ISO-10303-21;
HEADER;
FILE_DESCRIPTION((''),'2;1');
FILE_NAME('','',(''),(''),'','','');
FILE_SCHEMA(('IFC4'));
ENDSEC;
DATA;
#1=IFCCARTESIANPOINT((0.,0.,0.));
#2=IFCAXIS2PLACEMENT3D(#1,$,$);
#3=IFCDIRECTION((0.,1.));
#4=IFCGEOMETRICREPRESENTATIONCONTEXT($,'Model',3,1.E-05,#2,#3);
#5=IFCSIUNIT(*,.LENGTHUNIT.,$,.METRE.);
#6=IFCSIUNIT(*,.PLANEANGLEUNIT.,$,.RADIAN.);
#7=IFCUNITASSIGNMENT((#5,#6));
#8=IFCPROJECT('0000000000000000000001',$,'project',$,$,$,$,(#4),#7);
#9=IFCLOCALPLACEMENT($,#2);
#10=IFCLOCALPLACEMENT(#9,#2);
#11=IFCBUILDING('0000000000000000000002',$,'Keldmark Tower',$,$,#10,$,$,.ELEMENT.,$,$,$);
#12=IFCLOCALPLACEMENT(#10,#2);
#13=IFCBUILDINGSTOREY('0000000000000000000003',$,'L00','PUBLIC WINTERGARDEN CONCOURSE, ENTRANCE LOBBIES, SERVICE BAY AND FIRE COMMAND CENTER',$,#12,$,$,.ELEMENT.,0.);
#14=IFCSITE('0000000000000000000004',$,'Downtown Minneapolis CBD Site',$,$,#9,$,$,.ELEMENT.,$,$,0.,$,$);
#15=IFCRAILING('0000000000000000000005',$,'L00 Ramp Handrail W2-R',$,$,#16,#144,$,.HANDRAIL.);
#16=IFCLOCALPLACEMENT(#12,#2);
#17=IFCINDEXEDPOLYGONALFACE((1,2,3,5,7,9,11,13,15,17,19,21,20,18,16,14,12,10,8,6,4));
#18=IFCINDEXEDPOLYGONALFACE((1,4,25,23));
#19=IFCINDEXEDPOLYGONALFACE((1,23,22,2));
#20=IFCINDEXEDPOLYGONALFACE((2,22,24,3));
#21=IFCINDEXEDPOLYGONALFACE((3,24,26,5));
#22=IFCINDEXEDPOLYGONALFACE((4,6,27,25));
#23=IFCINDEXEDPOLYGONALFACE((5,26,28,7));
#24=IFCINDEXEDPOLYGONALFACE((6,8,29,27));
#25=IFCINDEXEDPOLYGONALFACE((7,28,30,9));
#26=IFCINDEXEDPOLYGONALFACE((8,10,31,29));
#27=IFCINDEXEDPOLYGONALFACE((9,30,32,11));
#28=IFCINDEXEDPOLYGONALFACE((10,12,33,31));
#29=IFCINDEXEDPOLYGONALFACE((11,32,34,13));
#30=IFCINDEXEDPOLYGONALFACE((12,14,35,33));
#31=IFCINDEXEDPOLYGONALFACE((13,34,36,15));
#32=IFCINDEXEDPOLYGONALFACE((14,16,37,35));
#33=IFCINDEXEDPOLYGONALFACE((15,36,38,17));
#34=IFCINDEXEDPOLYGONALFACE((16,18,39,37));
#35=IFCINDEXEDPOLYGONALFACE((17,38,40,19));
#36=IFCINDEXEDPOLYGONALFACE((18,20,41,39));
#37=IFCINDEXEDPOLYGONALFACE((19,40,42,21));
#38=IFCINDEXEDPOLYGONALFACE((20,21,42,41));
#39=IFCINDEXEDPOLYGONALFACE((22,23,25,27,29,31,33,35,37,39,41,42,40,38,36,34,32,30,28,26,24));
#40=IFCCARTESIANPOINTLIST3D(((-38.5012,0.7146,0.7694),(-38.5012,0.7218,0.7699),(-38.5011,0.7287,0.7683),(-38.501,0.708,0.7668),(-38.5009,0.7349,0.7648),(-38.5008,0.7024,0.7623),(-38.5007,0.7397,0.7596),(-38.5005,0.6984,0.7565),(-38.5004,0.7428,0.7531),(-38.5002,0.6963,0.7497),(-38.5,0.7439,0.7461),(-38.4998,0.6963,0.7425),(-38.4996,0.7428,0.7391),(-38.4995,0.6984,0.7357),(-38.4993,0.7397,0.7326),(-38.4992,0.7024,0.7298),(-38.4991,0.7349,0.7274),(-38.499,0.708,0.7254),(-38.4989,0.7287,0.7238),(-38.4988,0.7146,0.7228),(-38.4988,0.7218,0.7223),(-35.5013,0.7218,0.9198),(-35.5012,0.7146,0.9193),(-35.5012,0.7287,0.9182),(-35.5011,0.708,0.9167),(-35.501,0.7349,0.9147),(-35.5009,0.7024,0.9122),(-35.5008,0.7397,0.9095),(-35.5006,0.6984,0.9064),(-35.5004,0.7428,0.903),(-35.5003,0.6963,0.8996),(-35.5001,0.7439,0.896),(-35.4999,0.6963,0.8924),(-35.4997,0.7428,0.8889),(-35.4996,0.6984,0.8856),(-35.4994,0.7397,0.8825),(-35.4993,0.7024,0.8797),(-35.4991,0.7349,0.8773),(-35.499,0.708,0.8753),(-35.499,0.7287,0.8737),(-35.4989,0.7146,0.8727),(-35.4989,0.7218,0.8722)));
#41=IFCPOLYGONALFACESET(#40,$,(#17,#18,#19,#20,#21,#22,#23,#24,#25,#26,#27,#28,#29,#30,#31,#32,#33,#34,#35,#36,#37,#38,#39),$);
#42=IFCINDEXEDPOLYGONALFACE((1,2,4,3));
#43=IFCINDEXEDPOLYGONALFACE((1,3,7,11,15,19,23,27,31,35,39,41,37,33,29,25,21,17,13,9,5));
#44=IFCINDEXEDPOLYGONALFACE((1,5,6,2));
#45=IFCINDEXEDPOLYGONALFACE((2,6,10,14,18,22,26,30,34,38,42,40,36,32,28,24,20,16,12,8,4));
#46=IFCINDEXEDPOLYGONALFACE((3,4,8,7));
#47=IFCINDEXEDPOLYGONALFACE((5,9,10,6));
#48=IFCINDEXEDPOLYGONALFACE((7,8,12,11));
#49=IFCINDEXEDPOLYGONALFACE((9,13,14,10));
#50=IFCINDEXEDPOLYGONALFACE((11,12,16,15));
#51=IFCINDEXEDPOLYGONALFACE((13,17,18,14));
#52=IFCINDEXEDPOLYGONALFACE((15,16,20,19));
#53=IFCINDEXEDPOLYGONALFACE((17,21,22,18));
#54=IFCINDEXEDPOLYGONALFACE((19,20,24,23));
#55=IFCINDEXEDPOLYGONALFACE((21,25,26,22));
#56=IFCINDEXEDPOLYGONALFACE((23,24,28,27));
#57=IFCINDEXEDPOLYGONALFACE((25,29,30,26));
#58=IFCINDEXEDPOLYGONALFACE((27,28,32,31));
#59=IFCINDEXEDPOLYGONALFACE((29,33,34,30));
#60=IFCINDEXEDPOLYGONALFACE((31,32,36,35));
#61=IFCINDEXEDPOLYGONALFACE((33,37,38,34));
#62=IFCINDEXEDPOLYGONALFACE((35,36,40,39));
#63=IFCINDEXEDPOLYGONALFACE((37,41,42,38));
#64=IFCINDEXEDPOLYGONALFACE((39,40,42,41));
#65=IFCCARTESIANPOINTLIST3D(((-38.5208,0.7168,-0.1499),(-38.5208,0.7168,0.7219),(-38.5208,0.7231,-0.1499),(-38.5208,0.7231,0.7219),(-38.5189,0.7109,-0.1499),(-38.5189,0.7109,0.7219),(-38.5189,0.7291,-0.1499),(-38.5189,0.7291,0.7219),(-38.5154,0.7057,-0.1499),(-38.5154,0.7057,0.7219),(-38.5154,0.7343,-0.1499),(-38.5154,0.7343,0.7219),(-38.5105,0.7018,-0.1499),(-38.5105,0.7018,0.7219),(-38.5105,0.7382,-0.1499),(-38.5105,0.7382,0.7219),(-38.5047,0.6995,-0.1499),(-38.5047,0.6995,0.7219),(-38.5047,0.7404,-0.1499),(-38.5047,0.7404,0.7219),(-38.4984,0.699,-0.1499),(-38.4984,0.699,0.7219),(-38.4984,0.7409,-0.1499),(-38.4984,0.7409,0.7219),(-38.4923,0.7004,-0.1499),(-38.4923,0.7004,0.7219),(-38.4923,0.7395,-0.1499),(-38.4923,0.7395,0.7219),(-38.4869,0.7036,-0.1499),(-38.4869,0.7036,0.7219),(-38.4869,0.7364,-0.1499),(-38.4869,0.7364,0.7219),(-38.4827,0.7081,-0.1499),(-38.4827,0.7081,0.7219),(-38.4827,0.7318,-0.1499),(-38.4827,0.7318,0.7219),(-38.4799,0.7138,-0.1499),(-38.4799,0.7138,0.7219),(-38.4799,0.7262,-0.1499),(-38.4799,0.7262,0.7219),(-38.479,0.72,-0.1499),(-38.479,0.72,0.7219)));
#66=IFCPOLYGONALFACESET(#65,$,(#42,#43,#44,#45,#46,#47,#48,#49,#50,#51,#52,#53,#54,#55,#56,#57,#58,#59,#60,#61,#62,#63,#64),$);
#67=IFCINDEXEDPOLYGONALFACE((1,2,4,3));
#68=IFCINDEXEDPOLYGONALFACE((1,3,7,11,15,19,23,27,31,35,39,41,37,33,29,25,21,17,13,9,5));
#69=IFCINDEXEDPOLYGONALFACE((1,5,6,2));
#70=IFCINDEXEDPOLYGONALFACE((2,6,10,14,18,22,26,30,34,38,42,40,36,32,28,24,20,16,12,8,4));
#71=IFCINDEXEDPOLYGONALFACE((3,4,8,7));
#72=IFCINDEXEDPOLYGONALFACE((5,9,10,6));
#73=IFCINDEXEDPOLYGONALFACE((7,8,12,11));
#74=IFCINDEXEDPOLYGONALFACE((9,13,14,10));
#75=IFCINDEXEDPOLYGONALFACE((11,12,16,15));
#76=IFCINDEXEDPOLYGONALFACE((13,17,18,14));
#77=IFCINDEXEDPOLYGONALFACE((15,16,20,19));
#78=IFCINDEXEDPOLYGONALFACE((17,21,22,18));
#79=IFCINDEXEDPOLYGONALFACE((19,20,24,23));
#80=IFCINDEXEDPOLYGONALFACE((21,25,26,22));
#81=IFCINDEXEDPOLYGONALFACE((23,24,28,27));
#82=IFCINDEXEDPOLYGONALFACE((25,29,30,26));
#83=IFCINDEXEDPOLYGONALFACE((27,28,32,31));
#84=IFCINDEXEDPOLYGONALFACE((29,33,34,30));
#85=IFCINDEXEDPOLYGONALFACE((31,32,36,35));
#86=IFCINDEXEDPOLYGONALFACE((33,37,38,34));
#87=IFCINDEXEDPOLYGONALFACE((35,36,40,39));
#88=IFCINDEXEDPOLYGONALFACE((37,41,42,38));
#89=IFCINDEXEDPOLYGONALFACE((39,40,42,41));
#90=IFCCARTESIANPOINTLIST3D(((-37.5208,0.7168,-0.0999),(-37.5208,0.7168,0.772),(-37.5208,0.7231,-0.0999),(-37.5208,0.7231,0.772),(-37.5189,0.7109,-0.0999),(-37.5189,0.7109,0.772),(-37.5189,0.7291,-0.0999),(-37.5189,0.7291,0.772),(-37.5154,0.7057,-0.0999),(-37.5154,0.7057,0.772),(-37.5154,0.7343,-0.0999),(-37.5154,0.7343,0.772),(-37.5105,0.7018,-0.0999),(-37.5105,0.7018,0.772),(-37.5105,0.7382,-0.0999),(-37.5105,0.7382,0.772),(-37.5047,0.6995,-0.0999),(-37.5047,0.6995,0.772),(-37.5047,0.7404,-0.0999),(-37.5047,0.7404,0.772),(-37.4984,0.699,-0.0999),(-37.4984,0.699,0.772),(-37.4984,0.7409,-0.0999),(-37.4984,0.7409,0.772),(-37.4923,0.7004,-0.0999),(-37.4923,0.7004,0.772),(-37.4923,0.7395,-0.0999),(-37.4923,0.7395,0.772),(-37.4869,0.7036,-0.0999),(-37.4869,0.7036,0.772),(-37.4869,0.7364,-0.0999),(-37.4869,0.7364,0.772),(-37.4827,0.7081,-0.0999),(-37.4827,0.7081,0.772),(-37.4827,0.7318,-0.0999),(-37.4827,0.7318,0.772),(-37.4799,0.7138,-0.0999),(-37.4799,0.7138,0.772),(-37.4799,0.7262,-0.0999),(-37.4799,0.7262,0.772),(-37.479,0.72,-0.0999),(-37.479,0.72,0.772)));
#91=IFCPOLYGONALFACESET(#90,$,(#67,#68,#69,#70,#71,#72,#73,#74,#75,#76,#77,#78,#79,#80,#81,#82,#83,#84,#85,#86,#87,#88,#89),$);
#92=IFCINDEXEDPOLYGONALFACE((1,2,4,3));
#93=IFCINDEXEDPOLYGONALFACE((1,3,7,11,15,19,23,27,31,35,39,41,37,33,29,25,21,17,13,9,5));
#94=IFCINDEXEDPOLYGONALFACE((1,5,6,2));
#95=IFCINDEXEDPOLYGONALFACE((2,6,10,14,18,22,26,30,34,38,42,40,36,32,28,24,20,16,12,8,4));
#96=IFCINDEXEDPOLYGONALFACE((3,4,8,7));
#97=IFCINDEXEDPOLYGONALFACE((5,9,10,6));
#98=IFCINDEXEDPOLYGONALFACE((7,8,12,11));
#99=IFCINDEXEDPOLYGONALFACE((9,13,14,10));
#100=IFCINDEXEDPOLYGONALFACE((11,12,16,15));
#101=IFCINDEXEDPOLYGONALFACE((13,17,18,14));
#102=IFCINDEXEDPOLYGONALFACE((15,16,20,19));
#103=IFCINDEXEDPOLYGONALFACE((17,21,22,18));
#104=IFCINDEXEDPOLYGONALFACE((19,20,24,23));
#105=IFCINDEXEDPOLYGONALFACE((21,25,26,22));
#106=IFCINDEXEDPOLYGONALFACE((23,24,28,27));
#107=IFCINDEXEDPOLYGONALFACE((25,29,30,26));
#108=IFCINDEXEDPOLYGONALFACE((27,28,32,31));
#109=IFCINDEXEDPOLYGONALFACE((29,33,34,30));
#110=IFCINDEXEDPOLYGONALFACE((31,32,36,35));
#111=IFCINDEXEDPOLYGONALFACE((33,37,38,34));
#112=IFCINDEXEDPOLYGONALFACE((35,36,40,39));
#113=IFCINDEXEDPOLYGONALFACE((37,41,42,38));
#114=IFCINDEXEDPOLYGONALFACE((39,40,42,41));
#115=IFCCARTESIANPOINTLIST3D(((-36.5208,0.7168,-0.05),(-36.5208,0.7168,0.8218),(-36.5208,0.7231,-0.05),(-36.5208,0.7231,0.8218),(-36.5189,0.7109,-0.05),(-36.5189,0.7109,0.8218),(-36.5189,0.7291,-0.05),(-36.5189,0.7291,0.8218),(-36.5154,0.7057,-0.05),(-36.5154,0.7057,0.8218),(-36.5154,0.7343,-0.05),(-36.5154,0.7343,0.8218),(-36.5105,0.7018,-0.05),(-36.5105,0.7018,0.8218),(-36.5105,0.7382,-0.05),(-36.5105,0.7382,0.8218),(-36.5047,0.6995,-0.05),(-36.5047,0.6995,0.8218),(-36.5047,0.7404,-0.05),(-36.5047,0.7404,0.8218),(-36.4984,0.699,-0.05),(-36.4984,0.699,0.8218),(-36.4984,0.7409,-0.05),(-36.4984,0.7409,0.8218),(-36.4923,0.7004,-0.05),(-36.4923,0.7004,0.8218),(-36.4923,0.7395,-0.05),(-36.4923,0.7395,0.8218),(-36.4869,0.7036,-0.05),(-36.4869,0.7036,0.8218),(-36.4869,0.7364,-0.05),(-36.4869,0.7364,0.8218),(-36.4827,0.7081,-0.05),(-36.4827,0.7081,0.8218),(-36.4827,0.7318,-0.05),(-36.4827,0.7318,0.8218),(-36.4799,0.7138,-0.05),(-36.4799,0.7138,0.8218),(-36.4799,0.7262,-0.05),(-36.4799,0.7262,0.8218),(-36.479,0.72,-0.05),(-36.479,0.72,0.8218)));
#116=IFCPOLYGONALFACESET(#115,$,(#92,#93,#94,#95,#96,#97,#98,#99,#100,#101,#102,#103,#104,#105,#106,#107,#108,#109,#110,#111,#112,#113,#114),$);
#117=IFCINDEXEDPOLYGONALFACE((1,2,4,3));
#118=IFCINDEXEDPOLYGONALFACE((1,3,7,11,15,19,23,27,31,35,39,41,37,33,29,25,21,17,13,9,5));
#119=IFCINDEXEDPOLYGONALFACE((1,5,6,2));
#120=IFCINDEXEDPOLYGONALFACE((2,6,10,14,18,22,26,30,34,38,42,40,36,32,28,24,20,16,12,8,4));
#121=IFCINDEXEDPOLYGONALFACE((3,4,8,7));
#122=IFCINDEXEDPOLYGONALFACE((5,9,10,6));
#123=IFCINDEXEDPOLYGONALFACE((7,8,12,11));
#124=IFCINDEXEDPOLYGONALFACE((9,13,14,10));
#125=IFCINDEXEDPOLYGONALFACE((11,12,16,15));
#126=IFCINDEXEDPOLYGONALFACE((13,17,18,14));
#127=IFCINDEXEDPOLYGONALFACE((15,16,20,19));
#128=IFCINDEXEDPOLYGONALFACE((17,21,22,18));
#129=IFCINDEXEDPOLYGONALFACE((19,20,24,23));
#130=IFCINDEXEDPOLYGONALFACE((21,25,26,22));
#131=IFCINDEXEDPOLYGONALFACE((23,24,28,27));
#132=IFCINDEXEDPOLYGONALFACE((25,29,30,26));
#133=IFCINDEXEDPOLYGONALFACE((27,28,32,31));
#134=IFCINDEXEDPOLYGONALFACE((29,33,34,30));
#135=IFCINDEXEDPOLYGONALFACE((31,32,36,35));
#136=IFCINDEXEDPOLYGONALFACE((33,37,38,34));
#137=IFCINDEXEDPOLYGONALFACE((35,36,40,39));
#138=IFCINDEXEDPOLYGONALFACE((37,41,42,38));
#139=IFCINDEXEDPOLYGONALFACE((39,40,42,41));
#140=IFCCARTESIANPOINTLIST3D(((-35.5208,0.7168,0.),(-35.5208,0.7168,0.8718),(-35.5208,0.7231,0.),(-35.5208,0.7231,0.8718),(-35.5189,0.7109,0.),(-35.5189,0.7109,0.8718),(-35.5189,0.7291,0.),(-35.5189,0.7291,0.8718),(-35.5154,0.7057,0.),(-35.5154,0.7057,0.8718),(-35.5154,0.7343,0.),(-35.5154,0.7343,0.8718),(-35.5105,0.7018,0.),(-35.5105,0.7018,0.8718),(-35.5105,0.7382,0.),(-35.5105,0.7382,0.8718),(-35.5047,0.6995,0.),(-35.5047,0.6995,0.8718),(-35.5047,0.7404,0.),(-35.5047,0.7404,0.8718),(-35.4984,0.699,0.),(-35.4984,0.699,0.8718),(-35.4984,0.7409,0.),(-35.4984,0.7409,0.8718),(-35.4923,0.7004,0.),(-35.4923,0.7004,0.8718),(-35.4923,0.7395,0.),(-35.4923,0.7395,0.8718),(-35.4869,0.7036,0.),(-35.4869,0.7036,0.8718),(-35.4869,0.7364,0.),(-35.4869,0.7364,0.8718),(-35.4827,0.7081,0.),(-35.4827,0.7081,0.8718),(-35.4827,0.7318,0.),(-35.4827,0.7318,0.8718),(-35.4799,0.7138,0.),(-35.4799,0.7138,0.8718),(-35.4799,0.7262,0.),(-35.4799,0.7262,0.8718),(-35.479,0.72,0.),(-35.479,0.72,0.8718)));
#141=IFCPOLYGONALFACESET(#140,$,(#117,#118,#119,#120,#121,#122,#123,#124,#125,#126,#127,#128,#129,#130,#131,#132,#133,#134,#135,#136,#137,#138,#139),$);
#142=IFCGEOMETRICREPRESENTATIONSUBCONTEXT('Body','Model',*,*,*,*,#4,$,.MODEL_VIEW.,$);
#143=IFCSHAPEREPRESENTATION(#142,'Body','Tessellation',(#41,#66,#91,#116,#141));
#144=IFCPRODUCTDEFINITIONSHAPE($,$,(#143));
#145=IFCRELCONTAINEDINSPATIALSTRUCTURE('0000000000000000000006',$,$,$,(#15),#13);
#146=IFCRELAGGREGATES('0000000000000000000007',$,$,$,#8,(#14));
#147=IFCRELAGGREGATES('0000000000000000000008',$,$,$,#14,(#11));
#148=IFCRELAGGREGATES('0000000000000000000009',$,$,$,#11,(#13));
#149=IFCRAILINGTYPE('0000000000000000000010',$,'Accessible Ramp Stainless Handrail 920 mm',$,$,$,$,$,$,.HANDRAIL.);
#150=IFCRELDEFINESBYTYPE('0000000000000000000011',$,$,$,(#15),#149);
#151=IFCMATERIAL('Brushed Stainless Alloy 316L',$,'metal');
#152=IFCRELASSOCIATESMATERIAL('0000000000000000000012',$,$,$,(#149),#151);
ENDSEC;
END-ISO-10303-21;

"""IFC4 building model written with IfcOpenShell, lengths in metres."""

from ifc_helpers import new_model, si_unit, direction, frame, origin, origin_2d, place, context, subcontext, project, spatial, circle, extrude, material, type_object, element, save


model = new_model("IFC4")

# Units and contexts
model_context = context("Model", 3, precision=1e-05, world=origin(), true_north=direction((0.0, 1.0)))
body_context = subcontext(model_context, "Body", "Model", "MODEL_VIEW")
ifc_project = project(units=[si_unit("LENGTHUNIT", "METRE"), si_unit("PLANEANGLEUNIT", "RADIAN")], contexts=[model_context])

# Site, building, storey
site_placement = place(None, origin())
site = spatial("IfcSite", under=ifc_project, at=site_placement, Name="Downtown Minneapolis CBD Site", CompositionType="ELEMENT", RefElevation=0.0)
building_placement = place(site_placement, origin())
building = spatial("IfcBuilding", under=site, at=building_placement, Name="Keldmark Tower", CompositionType="ELEMENT")
storey_placement = place(building_placement, origin())
storey = spatial("IfcBuildingStorey", under=building, at=storey_placement, Name="L00", Description="PUBLIC WINTERGARDEN CONCOURSE, ENTRANCE LOBBIES, SERVICE BAY AND FIRE COMMAND CENTER", CompositionType="ELEMENT", Elevation=0.0)

# Railing
ifc_material_1 = material(Name="Brushed Stainless Alloy 316L", Category="metal")
railing_type = type_object("IfcRailingType", Name="Accessible Ramp Stainless Handrail 920 mm", PredefinedType="HANDRAIL", material=ifc_material_1)
for number, where, name in (
    (1, (-38.5, 0.72, -0.1499), "L00 Ramp Handrail W2-R"),
):
    element("IfcRailing", number, at=place(storey_placement, frame(where)), inside=storey, type_object=railing_type, Name=name, PredefinedType="HANDRAIL", context=body_context, shape_type="SweptSolid", body=[
        extrude(circle(Radius=0.0239, at=origin_2d()), frame((0.0, 0.0, 0.896), z_axis=(0.998754, 0.0, 0.049905), x_axis=(0.0, 1.0, 0.0)), (0.0, 0.0, 1.0), 3.0037),
        extrude(circle(Radius=0.021, at=origin_2d()), origin(), (0.0, 0.0, 1.0), 0.8718),
        extrude(circle(Radius=0.021, at=origin_2d()), frame((1.0, 0.0, 0.05)), (0.0, 0.0, 1.0), 0.8718),
        extrude(circle(Radius=0.021, at=origin_2d()), frame((2.0, 0.0, 0.0999)), (0.0, 0.0, 1.0), 0.8718),
        extrude(circle(Radius=0.021, at=origin_2d()), frame((3.0, 0.0, 0.1499)), (0.0, 0.0, 1.0), 0.8718),
    ])

save(model, "model.ifc")
